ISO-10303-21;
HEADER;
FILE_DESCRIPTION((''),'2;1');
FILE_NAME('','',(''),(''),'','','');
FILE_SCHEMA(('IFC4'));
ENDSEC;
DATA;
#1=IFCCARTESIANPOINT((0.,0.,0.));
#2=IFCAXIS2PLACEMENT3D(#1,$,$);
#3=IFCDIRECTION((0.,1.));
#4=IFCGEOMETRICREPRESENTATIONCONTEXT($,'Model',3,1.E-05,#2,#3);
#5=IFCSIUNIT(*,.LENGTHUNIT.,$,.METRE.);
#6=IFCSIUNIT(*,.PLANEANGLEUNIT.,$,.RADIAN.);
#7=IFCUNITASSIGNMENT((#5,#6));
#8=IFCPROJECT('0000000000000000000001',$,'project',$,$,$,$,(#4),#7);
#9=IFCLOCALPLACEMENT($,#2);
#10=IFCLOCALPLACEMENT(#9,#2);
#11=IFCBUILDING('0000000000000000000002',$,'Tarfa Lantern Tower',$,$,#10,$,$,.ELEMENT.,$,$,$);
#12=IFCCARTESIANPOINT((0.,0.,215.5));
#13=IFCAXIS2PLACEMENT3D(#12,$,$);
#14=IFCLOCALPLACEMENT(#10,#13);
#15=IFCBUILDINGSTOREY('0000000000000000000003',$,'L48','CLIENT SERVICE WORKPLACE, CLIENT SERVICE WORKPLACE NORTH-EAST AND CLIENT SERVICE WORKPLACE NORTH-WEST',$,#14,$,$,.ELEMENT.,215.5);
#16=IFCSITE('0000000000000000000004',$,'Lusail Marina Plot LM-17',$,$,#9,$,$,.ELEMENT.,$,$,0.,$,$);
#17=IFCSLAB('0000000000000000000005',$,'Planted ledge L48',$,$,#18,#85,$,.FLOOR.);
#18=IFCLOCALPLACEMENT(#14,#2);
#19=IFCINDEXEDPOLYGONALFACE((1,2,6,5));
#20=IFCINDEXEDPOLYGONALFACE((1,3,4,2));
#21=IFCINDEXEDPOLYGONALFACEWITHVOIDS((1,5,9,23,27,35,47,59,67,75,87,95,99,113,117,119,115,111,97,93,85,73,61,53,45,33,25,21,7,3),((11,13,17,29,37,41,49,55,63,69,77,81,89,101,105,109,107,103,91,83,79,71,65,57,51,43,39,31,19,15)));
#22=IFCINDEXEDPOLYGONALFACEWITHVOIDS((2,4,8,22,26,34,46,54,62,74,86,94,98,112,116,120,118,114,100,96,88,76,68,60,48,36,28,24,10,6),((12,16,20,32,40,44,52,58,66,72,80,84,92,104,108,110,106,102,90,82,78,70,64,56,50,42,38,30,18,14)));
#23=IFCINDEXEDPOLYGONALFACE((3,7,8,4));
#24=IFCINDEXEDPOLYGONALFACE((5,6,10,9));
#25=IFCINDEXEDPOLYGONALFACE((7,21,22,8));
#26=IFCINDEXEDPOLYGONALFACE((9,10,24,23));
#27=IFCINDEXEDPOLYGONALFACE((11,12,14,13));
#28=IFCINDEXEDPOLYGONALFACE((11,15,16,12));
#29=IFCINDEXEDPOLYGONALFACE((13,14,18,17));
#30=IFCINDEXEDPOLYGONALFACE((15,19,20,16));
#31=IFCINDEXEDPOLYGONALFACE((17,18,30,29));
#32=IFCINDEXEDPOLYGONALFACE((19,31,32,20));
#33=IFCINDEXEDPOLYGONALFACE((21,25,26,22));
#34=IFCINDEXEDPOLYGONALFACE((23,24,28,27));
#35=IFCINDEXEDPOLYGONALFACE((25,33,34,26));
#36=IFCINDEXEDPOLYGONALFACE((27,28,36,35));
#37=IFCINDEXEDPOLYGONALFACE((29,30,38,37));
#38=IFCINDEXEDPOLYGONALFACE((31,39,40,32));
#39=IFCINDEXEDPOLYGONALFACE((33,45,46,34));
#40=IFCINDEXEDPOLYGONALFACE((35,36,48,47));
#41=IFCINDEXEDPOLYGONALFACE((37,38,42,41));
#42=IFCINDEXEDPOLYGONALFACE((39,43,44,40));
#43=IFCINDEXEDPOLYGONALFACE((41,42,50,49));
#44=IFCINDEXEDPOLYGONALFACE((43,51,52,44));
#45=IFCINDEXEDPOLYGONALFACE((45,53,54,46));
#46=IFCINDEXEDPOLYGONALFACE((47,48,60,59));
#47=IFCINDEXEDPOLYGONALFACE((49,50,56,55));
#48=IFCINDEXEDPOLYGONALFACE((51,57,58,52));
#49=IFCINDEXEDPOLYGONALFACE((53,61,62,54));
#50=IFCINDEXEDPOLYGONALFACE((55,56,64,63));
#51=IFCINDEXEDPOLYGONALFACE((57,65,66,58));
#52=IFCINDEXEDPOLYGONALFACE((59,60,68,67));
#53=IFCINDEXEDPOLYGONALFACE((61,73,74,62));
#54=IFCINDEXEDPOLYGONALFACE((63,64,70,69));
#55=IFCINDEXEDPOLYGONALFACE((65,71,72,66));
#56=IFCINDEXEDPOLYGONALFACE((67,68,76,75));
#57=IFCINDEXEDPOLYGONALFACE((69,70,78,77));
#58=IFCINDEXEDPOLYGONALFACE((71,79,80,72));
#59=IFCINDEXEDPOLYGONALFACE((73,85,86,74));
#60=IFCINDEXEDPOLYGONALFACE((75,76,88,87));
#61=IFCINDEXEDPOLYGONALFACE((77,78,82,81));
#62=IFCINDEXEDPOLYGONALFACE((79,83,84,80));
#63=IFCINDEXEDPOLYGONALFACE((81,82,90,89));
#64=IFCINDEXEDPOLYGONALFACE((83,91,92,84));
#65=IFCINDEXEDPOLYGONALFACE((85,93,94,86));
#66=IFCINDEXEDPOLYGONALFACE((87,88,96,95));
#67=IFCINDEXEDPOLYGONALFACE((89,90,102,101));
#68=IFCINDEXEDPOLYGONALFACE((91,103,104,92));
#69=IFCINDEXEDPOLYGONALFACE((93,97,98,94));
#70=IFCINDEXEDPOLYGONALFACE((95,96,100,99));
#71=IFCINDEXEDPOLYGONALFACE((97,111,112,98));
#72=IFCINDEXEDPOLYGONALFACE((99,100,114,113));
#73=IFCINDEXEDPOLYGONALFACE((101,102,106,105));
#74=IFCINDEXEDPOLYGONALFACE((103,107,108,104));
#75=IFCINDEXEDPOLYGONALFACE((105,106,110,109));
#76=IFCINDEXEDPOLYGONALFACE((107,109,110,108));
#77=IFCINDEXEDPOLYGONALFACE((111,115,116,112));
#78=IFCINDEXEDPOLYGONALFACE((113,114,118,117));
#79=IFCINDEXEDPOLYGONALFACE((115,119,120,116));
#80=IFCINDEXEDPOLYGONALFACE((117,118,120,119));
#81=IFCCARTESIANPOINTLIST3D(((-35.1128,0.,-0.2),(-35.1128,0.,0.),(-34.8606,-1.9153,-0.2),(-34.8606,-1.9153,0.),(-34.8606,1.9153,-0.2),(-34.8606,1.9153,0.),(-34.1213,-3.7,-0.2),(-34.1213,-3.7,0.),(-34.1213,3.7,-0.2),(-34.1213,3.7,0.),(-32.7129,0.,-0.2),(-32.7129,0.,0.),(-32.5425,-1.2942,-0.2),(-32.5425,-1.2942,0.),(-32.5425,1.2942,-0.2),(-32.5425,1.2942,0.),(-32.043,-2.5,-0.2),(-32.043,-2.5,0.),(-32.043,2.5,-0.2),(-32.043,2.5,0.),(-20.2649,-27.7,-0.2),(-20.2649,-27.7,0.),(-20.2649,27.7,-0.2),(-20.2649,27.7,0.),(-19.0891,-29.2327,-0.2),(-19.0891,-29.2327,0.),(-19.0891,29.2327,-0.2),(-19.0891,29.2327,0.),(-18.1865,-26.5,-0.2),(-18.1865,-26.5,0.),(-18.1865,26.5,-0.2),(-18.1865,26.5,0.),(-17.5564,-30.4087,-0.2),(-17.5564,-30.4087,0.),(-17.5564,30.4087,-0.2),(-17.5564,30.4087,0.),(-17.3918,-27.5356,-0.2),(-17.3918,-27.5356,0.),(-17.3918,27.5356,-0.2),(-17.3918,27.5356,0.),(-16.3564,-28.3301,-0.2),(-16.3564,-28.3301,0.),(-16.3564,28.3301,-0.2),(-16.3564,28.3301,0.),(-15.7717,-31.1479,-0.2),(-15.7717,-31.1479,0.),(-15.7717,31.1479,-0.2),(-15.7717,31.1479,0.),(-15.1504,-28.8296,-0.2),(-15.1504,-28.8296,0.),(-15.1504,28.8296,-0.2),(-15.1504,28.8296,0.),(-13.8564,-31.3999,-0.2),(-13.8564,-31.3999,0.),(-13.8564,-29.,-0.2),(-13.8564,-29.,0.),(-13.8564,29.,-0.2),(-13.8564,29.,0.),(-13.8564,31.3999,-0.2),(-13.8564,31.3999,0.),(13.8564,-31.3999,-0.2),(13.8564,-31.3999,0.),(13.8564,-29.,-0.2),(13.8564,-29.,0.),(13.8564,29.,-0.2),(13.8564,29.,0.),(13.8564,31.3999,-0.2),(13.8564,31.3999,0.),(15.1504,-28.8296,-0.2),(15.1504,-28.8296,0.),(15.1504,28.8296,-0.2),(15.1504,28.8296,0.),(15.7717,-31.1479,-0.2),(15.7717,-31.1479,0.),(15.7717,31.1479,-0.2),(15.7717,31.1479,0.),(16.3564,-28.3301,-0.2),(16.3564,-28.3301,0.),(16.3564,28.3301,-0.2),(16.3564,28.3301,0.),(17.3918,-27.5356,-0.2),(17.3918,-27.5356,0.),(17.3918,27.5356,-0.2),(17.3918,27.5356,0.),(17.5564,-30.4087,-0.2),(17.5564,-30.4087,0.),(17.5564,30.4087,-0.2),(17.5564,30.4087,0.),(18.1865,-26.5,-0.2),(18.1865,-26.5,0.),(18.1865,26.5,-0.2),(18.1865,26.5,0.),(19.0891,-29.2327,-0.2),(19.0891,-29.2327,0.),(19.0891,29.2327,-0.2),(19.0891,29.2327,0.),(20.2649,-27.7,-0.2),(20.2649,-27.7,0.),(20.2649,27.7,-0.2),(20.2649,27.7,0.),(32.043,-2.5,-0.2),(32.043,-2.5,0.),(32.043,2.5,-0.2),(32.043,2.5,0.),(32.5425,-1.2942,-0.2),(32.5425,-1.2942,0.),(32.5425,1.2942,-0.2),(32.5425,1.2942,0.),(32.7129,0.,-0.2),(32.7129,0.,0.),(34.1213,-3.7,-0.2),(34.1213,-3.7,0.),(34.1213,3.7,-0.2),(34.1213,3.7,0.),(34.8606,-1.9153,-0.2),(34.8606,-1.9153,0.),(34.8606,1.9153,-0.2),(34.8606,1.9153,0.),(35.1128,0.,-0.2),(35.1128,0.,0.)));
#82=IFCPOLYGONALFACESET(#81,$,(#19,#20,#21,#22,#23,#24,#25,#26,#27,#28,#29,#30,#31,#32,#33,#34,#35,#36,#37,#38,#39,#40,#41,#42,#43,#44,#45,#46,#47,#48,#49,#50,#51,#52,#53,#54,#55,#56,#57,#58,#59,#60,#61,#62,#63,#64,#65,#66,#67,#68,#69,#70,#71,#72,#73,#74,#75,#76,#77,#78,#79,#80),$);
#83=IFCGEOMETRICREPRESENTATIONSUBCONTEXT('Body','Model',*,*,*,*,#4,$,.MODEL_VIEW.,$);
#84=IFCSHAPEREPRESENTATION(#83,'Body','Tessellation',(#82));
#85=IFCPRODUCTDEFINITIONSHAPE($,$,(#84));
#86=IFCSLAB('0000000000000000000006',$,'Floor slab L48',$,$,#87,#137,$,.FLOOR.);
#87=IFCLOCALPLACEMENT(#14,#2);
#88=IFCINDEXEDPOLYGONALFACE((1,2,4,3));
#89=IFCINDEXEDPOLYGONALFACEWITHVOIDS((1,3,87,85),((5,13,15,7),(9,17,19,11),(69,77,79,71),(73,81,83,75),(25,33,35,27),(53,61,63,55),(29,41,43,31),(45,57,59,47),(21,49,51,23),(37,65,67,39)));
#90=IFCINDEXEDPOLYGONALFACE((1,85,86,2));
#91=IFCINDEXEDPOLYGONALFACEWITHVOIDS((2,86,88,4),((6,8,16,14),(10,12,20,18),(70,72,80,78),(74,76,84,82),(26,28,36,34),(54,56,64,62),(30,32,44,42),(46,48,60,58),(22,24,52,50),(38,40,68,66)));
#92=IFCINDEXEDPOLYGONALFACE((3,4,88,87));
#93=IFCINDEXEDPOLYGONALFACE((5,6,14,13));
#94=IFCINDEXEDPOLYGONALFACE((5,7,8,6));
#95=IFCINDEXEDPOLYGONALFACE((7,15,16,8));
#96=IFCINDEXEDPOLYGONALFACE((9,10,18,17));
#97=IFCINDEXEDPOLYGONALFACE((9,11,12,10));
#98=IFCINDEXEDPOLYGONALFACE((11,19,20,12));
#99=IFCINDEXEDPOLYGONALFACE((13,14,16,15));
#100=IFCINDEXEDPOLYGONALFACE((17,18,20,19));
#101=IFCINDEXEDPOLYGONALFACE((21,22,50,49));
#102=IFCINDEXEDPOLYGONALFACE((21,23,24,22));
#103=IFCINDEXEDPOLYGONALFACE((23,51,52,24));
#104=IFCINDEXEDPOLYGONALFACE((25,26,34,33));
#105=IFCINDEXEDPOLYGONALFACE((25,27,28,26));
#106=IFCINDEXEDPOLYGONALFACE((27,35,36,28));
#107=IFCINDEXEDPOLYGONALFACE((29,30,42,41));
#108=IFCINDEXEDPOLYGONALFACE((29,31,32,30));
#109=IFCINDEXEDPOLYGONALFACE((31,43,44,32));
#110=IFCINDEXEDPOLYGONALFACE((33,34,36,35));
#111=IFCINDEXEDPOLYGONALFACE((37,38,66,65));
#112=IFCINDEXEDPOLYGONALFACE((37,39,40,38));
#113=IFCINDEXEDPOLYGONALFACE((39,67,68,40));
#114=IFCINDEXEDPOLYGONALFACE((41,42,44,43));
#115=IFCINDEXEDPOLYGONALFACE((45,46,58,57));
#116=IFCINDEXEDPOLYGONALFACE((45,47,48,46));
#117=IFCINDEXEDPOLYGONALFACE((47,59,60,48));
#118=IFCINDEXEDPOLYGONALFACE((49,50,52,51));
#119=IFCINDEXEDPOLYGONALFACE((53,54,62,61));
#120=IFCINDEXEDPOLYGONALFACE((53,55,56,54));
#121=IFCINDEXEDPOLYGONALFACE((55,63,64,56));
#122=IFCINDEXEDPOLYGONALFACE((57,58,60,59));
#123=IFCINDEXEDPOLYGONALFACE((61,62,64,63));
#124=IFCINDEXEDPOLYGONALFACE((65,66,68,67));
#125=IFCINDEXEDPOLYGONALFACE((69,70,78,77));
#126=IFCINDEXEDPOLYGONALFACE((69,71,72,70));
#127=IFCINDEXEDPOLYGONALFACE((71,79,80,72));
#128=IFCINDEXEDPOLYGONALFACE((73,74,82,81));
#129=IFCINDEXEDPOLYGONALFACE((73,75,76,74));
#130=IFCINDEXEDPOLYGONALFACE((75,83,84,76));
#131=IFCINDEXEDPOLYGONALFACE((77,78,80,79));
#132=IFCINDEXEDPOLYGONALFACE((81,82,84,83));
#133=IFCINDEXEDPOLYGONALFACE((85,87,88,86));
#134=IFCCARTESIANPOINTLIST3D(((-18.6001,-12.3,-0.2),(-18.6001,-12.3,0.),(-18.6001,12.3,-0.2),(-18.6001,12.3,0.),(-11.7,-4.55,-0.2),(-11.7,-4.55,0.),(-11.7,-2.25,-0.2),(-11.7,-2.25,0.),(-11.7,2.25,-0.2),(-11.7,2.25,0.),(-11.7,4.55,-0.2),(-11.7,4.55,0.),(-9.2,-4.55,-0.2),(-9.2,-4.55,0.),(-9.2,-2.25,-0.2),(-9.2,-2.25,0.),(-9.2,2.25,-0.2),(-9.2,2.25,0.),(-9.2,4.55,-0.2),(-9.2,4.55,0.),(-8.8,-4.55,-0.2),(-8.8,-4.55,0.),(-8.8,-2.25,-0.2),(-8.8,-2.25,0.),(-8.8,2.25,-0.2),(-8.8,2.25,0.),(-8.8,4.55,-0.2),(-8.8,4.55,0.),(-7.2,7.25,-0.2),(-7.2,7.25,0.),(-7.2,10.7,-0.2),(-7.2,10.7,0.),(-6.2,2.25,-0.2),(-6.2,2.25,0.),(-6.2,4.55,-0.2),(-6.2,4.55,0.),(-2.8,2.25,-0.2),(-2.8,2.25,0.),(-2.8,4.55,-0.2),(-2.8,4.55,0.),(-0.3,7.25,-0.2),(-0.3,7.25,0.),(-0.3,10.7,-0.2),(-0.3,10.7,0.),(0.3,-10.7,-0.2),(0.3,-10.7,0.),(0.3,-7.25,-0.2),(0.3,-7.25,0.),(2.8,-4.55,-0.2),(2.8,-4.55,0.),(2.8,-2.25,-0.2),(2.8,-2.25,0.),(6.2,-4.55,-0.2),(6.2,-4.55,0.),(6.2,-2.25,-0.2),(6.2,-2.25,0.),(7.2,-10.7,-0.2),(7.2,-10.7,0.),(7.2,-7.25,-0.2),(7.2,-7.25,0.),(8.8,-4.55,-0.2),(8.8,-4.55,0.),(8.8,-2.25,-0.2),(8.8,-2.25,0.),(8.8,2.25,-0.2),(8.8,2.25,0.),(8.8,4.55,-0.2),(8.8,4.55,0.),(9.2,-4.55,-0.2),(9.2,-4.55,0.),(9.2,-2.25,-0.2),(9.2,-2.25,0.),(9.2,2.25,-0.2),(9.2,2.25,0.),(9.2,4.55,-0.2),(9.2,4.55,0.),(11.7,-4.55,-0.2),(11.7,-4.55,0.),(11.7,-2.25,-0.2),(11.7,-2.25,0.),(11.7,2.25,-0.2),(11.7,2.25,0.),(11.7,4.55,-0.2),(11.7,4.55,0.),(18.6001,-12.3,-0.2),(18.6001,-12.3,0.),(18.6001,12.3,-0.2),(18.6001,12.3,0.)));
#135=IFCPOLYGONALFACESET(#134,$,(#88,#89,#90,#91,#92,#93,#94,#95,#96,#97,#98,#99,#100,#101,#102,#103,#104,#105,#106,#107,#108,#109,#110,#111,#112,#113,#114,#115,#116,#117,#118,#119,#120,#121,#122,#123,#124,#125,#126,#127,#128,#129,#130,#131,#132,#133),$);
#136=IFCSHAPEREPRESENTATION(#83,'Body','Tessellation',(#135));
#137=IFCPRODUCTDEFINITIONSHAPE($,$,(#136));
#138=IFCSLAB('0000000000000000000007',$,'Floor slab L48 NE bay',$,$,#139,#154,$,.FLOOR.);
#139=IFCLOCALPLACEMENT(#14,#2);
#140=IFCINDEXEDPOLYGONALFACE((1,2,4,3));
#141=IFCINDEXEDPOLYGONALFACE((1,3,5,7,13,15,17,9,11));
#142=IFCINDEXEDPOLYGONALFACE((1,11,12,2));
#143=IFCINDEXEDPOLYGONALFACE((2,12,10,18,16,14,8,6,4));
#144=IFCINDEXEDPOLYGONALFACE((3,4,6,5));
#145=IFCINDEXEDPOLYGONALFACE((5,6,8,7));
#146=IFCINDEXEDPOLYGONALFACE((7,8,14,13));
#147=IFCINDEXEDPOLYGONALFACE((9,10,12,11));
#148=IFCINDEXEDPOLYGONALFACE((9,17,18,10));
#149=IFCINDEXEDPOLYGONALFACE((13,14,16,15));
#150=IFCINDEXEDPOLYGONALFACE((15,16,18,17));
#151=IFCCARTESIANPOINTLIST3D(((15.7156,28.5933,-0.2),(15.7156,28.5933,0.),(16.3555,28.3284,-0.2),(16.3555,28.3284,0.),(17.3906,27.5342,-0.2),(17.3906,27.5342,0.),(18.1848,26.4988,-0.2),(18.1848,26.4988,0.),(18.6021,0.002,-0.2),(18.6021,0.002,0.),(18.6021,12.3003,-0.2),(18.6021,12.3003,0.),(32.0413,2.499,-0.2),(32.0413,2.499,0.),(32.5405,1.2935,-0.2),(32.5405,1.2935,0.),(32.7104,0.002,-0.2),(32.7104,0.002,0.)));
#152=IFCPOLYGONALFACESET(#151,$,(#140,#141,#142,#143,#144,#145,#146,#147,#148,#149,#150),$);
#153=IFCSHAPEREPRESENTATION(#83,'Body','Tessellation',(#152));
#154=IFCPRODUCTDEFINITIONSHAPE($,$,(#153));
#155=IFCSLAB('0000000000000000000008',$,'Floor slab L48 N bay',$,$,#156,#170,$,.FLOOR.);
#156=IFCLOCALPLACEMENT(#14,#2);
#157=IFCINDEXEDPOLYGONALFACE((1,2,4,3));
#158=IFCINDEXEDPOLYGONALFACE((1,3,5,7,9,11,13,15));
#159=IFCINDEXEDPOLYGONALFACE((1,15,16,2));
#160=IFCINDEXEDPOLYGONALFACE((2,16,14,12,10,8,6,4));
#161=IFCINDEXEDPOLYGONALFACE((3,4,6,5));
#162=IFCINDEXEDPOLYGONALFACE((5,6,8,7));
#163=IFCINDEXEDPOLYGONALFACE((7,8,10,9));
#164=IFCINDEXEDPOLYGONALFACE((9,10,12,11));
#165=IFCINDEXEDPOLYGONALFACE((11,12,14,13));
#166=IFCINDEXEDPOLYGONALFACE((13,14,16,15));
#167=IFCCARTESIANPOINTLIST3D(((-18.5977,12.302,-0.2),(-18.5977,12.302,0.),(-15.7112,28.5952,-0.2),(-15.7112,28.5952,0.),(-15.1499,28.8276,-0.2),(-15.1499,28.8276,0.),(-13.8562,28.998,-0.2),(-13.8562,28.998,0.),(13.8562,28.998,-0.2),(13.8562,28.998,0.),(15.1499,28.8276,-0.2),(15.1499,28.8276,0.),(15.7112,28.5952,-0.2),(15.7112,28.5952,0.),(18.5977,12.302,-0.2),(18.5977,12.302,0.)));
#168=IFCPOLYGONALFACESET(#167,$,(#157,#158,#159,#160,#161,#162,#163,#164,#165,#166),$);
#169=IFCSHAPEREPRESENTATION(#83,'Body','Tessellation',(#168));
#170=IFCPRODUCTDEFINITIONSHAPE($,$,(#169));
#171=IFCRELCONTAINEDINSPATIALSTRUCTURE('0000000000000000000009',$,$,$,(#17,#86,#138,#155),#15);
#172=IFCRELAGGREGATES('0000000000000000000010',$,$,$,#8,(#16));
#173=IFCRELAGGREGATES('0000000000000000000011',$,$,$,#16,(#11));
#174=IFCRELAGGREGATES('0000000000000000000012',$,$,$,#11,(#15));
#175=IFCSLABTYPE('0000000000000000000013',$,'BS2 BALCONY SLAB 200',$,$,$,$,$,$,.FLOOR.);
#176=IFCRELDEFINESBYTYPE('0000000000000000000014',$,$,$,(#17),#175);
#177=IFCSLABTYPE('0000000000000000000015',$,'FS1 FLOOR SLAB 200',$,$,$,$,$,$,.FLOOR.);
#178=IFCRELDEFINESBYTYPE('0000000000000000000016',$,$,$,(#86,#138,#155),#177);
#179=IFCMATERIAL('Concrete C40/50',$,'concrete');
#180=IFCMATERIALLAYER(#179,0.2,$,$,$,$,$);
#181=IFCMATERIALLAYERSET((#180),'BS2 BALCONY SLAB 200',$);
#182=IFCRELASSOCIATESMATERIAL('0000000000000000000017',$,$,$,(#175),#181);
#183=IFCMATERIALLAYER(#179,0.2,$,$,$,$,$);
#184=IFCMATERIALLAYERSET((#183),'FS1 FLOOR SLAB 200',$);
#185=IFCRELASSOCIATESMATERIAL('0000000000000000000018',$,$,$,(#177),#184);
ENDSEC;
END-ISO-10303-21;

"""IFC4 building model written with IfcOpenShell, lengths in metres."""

from ifc_helpers import new_model, si_unit, direction, frame, origin, place, context, subcontext, project, spatial, polyline, outline, extrude, material, layer, layer_set, type_object, element, save


model = new_model("IFC4")

# Units and contexts
model_context = context("Model", 3, precision=1e-05, world=origin(), true_north=direction((0.0, 1.0)))
body_context = subcontext(model_context, "Body", "Model", "MODEL_VIEW")
ifc_project = project(units=[si_unit("LENGTHUNIT", "METRE"), si_unit("PLANEANGLEUNIT", "RADIAN")], contexts=[model_context])

# Site, building, storey
site_placement = place(None, origin())
site = spatial("IfcSite", under=ifc_project, at=site_placement, Name="Lusail Marina Plot LM-17", CompositionType="ELEMENT", RefElevation=0.0)
building_placement = place(site_placement, origin())
building = spatial("IfcBuilding", under=site, at=building_placement, Name="Tarfa Lantern Tower", CompositionType="ELEMENT")
storey_placement = place(building_placement, frame((0.0, 0.0, 215.5)))
storey = spatial("IfcBuildingStorey", under=building, at=storey_placement, Name="L48", Description="CLIENT SERVICE WORKPLACE, CLIENT SERVICE WORKPLACE NORTH-EAST AND CLIENT SERVICE WORKPLACE NORTH-WEST", CompositionType="ELEMENT", Elevation=215.5)

# Slabs
ifc_material_1 = material(Name="Concrete C40/50", Category="concrete")
ifc_layer_1 = layer(ifc_material_1, 0.2)
ifc_layer_set_1 = layer_set([ifc_layer_1], Name="BS2 BALCONY SLAB 200")
slab_type_1 = type_object("IfcSlabType", Name="BS2 BALCONY SLAB 200", PredefinedType="FLOOR", material=ifc_layer_set_1)
slab_1_placement = place(storey_placement, frame((0.0, 0.0, -0.2)))
element("IfcSlab", 1, at=slab_1_placement, inside=storey, type_object=slab_type_1, Name="Planted ledge L48", PredefinedType="FLOOR", context=body_context, shape_type="SweptSolid", body=[
    extrude(outline(polyline([(34.1213, 3.7), (20.2649, 27.7), (19.0891, 29.2327), (17.5564, 30.4087), (15.7717, 31.1479), (13.8564, 31.3999), (-13.8564, 31.3999), (-15.7717, 31.1479), (-17.5564, 30.4087), (-19.0891, 29.2327), (-20.2649, 27.7), (-34.1213, 3.7), (-34.8606, 1.9153), (-35.1128, 0.0), (-34.8606, -1.9153), (-34.1213, -3.7), (-20.2649, -27.7), (-19.0891, -29.2327), (-17.5564, -30.4087), (-15.7717, -31.1479), (-13.8564, -31.3999), (13.8564, -31.3999), (15.7717, -31.1479), (17.5564, -30.4087), (19.0891, -29.2327), (20.2649, -27.7), (34.1213, -3.7), (34.8606, -1.9153), (35.1128, 0.0), (34.8606, 1.9153), (34.1213, 3.7)]), holes=[polyline([(32.043, 2.5), (18.1865, 26.5), (17.3918, 27.5356), (16.3564, 28.3301), (15.1504, 28.8296), (13.8564, 29.0), (-13.8564, 29.0), (-15.1504, 28.8296), (-16.3564, 28.3301), (-17.3918, 27.5356), (-18.1865, 26.5), (-32.043, 2.5), (-32.5425, 1.2942), (-32.7129, 0.0), (-32.5425, -1.2942), (-32.043, -2.5), (-18.1865, -26.5), (-17.3918, -27.5356), (-16.3564, -28.3301), (-15.1504, -28.8296), (-13.8564, -29.0), (13.8564, -29.0), (15.1504, -28.8296), (16.3564, -28.3301), (17.3918, -27.5356), (18.1865, -26.5), (32.043, -2.5), (32.5425, -1.2942), (32.7129, 0.0), (32.5425, 1.2942), (32.043, 2.5)])]), origin(), (0.0, 0.0, 1.0), 0.2),
])
ifc_layer_2 = layer(ifc_material_1, 0.2)
ifc_layer_set_2 = layer_set([ifc_layer_2], Name="FS1 FLOOR SLAB 200")
slab_type_2 = type_object("IfcSlabType", Name="FS1 FLOOR SLAB 200", PredefinedType="FLOOR", material=ifc_layer_set_2)
slab_2_placement = place(storey_placement, frame((0.0, 0.0, -0.2)))
element("IfcSlab", 2, at=slab_2_placement, inside=storey, type_object=slab_type_2, Name="Floor slab L48", PredefinedType="FLOOR", context=body_context, shape_type="SweptSolid", body=[
    extrude(outline(polyline([(-18.6001, -12.3), (18.6001, -12.3), (18.6001, 12.3), (-18.6001, 12.3), (-18.6001, -12.3)]), holes=[polyline([(-11.7, 2.25), (-9.2, 2.25), (-9.2, 4.55), (-11.7, 4.55), (-11.7, 2.25)]), polyline([(-8.8, 2.25), (-6.2, 2.25), (-6.2, 4.55), (-8.8, 4.55), (-8.8, 2.25)]), polyline([(-2.8, 2.25), (8.8, 2.25), (8.8, 4.55), (-2.8, 4.55), (-2.8, 2.25)]), polyline([(9.2, 2.25), (11.7, 2.25), (11.7, 4.55), (9.2, 4.55), (9.2, 2.25)]), polyline([(11.7, -2.25), (9.2, -2.25), (9.2, -4.55), (11.7, -4.55), (11.7, -2.25)]), polyline([(8.8, -2.25), (6.2, -2.25), (6.2, -4.55), (8.8, -4.55), (8.8, -2.25)]), polyline([(2.8, -2.25), (-8.8, -2.25), (-8.8, -4.55), (2.8, -4.55), (2.8, -2.25)]), polyline([(-9.2, -2.25), (-11.7, -2.25), (-11.7, -4.55), (-9.2, -4.55), (-9.2, -2.25)]), polyline([(-7.2, 7.25), (-0.3, 7.25), (-0.3, 10.7), (-7.2, 10.7), (-7.2, 7.25)]), polyline([(7.2, -7.25), (0.3, -7.25), (0.3, -10.7), (7.2, -10.7), (7.2, -7.25)])]), origin(), (0.0, 0.0, 1.0), 0.2),
])
slab_3_placement = place(storey_placement, frame((0.0, 0.0, -0.2)))
element("IfcSlab", 3, at=slab_3_placement, inside=storey, type_object=slab_type_2, Name="Floor slab L48 NE bay", PredefinedType="FLOOR", context=body_context, shape_type="SweptSolid", body=[
    extrude(outline(polyline([(32.0413, 2.499), (18.1848, 26.4988), (17.3906, 27.5342), (16.3555, 28.3284), (15.7156, 28.5933), (18.6021, 12.3003), (18.6021, 0.002), (32.7104, 0.002), (32.5405, 1.2935), (32.0413, 2.499)])), origin(), (0.0, 0.0, 1.0), 0.2),
])
slab_4_placement = place(storey_placement, frame((0.0, 0.0, -0.2)))
element("IfcSlab", 4, at=slab_4_placement, inside=storey, type_object=slab_type_2, Name="Floor slab L48 N bay", PredefinedType="FLOOR", context=body_context, shape_type="SweptSolid", body=[
    extrude(outline(polyline([(-18.5977, 12.302), (18.5977, 12.302), (15.7112, 28.5952), (15.1499, 28.8276), (13.8562, 28.998), (-13.8562, 28.998), (-15.1499, 28.8276), (-15.7112, 28.5952), (-18.5977, 12.302)])), origin(), (0.0, 0.0, 1.0), 0.2),
])

save(model, "model.ifc")
